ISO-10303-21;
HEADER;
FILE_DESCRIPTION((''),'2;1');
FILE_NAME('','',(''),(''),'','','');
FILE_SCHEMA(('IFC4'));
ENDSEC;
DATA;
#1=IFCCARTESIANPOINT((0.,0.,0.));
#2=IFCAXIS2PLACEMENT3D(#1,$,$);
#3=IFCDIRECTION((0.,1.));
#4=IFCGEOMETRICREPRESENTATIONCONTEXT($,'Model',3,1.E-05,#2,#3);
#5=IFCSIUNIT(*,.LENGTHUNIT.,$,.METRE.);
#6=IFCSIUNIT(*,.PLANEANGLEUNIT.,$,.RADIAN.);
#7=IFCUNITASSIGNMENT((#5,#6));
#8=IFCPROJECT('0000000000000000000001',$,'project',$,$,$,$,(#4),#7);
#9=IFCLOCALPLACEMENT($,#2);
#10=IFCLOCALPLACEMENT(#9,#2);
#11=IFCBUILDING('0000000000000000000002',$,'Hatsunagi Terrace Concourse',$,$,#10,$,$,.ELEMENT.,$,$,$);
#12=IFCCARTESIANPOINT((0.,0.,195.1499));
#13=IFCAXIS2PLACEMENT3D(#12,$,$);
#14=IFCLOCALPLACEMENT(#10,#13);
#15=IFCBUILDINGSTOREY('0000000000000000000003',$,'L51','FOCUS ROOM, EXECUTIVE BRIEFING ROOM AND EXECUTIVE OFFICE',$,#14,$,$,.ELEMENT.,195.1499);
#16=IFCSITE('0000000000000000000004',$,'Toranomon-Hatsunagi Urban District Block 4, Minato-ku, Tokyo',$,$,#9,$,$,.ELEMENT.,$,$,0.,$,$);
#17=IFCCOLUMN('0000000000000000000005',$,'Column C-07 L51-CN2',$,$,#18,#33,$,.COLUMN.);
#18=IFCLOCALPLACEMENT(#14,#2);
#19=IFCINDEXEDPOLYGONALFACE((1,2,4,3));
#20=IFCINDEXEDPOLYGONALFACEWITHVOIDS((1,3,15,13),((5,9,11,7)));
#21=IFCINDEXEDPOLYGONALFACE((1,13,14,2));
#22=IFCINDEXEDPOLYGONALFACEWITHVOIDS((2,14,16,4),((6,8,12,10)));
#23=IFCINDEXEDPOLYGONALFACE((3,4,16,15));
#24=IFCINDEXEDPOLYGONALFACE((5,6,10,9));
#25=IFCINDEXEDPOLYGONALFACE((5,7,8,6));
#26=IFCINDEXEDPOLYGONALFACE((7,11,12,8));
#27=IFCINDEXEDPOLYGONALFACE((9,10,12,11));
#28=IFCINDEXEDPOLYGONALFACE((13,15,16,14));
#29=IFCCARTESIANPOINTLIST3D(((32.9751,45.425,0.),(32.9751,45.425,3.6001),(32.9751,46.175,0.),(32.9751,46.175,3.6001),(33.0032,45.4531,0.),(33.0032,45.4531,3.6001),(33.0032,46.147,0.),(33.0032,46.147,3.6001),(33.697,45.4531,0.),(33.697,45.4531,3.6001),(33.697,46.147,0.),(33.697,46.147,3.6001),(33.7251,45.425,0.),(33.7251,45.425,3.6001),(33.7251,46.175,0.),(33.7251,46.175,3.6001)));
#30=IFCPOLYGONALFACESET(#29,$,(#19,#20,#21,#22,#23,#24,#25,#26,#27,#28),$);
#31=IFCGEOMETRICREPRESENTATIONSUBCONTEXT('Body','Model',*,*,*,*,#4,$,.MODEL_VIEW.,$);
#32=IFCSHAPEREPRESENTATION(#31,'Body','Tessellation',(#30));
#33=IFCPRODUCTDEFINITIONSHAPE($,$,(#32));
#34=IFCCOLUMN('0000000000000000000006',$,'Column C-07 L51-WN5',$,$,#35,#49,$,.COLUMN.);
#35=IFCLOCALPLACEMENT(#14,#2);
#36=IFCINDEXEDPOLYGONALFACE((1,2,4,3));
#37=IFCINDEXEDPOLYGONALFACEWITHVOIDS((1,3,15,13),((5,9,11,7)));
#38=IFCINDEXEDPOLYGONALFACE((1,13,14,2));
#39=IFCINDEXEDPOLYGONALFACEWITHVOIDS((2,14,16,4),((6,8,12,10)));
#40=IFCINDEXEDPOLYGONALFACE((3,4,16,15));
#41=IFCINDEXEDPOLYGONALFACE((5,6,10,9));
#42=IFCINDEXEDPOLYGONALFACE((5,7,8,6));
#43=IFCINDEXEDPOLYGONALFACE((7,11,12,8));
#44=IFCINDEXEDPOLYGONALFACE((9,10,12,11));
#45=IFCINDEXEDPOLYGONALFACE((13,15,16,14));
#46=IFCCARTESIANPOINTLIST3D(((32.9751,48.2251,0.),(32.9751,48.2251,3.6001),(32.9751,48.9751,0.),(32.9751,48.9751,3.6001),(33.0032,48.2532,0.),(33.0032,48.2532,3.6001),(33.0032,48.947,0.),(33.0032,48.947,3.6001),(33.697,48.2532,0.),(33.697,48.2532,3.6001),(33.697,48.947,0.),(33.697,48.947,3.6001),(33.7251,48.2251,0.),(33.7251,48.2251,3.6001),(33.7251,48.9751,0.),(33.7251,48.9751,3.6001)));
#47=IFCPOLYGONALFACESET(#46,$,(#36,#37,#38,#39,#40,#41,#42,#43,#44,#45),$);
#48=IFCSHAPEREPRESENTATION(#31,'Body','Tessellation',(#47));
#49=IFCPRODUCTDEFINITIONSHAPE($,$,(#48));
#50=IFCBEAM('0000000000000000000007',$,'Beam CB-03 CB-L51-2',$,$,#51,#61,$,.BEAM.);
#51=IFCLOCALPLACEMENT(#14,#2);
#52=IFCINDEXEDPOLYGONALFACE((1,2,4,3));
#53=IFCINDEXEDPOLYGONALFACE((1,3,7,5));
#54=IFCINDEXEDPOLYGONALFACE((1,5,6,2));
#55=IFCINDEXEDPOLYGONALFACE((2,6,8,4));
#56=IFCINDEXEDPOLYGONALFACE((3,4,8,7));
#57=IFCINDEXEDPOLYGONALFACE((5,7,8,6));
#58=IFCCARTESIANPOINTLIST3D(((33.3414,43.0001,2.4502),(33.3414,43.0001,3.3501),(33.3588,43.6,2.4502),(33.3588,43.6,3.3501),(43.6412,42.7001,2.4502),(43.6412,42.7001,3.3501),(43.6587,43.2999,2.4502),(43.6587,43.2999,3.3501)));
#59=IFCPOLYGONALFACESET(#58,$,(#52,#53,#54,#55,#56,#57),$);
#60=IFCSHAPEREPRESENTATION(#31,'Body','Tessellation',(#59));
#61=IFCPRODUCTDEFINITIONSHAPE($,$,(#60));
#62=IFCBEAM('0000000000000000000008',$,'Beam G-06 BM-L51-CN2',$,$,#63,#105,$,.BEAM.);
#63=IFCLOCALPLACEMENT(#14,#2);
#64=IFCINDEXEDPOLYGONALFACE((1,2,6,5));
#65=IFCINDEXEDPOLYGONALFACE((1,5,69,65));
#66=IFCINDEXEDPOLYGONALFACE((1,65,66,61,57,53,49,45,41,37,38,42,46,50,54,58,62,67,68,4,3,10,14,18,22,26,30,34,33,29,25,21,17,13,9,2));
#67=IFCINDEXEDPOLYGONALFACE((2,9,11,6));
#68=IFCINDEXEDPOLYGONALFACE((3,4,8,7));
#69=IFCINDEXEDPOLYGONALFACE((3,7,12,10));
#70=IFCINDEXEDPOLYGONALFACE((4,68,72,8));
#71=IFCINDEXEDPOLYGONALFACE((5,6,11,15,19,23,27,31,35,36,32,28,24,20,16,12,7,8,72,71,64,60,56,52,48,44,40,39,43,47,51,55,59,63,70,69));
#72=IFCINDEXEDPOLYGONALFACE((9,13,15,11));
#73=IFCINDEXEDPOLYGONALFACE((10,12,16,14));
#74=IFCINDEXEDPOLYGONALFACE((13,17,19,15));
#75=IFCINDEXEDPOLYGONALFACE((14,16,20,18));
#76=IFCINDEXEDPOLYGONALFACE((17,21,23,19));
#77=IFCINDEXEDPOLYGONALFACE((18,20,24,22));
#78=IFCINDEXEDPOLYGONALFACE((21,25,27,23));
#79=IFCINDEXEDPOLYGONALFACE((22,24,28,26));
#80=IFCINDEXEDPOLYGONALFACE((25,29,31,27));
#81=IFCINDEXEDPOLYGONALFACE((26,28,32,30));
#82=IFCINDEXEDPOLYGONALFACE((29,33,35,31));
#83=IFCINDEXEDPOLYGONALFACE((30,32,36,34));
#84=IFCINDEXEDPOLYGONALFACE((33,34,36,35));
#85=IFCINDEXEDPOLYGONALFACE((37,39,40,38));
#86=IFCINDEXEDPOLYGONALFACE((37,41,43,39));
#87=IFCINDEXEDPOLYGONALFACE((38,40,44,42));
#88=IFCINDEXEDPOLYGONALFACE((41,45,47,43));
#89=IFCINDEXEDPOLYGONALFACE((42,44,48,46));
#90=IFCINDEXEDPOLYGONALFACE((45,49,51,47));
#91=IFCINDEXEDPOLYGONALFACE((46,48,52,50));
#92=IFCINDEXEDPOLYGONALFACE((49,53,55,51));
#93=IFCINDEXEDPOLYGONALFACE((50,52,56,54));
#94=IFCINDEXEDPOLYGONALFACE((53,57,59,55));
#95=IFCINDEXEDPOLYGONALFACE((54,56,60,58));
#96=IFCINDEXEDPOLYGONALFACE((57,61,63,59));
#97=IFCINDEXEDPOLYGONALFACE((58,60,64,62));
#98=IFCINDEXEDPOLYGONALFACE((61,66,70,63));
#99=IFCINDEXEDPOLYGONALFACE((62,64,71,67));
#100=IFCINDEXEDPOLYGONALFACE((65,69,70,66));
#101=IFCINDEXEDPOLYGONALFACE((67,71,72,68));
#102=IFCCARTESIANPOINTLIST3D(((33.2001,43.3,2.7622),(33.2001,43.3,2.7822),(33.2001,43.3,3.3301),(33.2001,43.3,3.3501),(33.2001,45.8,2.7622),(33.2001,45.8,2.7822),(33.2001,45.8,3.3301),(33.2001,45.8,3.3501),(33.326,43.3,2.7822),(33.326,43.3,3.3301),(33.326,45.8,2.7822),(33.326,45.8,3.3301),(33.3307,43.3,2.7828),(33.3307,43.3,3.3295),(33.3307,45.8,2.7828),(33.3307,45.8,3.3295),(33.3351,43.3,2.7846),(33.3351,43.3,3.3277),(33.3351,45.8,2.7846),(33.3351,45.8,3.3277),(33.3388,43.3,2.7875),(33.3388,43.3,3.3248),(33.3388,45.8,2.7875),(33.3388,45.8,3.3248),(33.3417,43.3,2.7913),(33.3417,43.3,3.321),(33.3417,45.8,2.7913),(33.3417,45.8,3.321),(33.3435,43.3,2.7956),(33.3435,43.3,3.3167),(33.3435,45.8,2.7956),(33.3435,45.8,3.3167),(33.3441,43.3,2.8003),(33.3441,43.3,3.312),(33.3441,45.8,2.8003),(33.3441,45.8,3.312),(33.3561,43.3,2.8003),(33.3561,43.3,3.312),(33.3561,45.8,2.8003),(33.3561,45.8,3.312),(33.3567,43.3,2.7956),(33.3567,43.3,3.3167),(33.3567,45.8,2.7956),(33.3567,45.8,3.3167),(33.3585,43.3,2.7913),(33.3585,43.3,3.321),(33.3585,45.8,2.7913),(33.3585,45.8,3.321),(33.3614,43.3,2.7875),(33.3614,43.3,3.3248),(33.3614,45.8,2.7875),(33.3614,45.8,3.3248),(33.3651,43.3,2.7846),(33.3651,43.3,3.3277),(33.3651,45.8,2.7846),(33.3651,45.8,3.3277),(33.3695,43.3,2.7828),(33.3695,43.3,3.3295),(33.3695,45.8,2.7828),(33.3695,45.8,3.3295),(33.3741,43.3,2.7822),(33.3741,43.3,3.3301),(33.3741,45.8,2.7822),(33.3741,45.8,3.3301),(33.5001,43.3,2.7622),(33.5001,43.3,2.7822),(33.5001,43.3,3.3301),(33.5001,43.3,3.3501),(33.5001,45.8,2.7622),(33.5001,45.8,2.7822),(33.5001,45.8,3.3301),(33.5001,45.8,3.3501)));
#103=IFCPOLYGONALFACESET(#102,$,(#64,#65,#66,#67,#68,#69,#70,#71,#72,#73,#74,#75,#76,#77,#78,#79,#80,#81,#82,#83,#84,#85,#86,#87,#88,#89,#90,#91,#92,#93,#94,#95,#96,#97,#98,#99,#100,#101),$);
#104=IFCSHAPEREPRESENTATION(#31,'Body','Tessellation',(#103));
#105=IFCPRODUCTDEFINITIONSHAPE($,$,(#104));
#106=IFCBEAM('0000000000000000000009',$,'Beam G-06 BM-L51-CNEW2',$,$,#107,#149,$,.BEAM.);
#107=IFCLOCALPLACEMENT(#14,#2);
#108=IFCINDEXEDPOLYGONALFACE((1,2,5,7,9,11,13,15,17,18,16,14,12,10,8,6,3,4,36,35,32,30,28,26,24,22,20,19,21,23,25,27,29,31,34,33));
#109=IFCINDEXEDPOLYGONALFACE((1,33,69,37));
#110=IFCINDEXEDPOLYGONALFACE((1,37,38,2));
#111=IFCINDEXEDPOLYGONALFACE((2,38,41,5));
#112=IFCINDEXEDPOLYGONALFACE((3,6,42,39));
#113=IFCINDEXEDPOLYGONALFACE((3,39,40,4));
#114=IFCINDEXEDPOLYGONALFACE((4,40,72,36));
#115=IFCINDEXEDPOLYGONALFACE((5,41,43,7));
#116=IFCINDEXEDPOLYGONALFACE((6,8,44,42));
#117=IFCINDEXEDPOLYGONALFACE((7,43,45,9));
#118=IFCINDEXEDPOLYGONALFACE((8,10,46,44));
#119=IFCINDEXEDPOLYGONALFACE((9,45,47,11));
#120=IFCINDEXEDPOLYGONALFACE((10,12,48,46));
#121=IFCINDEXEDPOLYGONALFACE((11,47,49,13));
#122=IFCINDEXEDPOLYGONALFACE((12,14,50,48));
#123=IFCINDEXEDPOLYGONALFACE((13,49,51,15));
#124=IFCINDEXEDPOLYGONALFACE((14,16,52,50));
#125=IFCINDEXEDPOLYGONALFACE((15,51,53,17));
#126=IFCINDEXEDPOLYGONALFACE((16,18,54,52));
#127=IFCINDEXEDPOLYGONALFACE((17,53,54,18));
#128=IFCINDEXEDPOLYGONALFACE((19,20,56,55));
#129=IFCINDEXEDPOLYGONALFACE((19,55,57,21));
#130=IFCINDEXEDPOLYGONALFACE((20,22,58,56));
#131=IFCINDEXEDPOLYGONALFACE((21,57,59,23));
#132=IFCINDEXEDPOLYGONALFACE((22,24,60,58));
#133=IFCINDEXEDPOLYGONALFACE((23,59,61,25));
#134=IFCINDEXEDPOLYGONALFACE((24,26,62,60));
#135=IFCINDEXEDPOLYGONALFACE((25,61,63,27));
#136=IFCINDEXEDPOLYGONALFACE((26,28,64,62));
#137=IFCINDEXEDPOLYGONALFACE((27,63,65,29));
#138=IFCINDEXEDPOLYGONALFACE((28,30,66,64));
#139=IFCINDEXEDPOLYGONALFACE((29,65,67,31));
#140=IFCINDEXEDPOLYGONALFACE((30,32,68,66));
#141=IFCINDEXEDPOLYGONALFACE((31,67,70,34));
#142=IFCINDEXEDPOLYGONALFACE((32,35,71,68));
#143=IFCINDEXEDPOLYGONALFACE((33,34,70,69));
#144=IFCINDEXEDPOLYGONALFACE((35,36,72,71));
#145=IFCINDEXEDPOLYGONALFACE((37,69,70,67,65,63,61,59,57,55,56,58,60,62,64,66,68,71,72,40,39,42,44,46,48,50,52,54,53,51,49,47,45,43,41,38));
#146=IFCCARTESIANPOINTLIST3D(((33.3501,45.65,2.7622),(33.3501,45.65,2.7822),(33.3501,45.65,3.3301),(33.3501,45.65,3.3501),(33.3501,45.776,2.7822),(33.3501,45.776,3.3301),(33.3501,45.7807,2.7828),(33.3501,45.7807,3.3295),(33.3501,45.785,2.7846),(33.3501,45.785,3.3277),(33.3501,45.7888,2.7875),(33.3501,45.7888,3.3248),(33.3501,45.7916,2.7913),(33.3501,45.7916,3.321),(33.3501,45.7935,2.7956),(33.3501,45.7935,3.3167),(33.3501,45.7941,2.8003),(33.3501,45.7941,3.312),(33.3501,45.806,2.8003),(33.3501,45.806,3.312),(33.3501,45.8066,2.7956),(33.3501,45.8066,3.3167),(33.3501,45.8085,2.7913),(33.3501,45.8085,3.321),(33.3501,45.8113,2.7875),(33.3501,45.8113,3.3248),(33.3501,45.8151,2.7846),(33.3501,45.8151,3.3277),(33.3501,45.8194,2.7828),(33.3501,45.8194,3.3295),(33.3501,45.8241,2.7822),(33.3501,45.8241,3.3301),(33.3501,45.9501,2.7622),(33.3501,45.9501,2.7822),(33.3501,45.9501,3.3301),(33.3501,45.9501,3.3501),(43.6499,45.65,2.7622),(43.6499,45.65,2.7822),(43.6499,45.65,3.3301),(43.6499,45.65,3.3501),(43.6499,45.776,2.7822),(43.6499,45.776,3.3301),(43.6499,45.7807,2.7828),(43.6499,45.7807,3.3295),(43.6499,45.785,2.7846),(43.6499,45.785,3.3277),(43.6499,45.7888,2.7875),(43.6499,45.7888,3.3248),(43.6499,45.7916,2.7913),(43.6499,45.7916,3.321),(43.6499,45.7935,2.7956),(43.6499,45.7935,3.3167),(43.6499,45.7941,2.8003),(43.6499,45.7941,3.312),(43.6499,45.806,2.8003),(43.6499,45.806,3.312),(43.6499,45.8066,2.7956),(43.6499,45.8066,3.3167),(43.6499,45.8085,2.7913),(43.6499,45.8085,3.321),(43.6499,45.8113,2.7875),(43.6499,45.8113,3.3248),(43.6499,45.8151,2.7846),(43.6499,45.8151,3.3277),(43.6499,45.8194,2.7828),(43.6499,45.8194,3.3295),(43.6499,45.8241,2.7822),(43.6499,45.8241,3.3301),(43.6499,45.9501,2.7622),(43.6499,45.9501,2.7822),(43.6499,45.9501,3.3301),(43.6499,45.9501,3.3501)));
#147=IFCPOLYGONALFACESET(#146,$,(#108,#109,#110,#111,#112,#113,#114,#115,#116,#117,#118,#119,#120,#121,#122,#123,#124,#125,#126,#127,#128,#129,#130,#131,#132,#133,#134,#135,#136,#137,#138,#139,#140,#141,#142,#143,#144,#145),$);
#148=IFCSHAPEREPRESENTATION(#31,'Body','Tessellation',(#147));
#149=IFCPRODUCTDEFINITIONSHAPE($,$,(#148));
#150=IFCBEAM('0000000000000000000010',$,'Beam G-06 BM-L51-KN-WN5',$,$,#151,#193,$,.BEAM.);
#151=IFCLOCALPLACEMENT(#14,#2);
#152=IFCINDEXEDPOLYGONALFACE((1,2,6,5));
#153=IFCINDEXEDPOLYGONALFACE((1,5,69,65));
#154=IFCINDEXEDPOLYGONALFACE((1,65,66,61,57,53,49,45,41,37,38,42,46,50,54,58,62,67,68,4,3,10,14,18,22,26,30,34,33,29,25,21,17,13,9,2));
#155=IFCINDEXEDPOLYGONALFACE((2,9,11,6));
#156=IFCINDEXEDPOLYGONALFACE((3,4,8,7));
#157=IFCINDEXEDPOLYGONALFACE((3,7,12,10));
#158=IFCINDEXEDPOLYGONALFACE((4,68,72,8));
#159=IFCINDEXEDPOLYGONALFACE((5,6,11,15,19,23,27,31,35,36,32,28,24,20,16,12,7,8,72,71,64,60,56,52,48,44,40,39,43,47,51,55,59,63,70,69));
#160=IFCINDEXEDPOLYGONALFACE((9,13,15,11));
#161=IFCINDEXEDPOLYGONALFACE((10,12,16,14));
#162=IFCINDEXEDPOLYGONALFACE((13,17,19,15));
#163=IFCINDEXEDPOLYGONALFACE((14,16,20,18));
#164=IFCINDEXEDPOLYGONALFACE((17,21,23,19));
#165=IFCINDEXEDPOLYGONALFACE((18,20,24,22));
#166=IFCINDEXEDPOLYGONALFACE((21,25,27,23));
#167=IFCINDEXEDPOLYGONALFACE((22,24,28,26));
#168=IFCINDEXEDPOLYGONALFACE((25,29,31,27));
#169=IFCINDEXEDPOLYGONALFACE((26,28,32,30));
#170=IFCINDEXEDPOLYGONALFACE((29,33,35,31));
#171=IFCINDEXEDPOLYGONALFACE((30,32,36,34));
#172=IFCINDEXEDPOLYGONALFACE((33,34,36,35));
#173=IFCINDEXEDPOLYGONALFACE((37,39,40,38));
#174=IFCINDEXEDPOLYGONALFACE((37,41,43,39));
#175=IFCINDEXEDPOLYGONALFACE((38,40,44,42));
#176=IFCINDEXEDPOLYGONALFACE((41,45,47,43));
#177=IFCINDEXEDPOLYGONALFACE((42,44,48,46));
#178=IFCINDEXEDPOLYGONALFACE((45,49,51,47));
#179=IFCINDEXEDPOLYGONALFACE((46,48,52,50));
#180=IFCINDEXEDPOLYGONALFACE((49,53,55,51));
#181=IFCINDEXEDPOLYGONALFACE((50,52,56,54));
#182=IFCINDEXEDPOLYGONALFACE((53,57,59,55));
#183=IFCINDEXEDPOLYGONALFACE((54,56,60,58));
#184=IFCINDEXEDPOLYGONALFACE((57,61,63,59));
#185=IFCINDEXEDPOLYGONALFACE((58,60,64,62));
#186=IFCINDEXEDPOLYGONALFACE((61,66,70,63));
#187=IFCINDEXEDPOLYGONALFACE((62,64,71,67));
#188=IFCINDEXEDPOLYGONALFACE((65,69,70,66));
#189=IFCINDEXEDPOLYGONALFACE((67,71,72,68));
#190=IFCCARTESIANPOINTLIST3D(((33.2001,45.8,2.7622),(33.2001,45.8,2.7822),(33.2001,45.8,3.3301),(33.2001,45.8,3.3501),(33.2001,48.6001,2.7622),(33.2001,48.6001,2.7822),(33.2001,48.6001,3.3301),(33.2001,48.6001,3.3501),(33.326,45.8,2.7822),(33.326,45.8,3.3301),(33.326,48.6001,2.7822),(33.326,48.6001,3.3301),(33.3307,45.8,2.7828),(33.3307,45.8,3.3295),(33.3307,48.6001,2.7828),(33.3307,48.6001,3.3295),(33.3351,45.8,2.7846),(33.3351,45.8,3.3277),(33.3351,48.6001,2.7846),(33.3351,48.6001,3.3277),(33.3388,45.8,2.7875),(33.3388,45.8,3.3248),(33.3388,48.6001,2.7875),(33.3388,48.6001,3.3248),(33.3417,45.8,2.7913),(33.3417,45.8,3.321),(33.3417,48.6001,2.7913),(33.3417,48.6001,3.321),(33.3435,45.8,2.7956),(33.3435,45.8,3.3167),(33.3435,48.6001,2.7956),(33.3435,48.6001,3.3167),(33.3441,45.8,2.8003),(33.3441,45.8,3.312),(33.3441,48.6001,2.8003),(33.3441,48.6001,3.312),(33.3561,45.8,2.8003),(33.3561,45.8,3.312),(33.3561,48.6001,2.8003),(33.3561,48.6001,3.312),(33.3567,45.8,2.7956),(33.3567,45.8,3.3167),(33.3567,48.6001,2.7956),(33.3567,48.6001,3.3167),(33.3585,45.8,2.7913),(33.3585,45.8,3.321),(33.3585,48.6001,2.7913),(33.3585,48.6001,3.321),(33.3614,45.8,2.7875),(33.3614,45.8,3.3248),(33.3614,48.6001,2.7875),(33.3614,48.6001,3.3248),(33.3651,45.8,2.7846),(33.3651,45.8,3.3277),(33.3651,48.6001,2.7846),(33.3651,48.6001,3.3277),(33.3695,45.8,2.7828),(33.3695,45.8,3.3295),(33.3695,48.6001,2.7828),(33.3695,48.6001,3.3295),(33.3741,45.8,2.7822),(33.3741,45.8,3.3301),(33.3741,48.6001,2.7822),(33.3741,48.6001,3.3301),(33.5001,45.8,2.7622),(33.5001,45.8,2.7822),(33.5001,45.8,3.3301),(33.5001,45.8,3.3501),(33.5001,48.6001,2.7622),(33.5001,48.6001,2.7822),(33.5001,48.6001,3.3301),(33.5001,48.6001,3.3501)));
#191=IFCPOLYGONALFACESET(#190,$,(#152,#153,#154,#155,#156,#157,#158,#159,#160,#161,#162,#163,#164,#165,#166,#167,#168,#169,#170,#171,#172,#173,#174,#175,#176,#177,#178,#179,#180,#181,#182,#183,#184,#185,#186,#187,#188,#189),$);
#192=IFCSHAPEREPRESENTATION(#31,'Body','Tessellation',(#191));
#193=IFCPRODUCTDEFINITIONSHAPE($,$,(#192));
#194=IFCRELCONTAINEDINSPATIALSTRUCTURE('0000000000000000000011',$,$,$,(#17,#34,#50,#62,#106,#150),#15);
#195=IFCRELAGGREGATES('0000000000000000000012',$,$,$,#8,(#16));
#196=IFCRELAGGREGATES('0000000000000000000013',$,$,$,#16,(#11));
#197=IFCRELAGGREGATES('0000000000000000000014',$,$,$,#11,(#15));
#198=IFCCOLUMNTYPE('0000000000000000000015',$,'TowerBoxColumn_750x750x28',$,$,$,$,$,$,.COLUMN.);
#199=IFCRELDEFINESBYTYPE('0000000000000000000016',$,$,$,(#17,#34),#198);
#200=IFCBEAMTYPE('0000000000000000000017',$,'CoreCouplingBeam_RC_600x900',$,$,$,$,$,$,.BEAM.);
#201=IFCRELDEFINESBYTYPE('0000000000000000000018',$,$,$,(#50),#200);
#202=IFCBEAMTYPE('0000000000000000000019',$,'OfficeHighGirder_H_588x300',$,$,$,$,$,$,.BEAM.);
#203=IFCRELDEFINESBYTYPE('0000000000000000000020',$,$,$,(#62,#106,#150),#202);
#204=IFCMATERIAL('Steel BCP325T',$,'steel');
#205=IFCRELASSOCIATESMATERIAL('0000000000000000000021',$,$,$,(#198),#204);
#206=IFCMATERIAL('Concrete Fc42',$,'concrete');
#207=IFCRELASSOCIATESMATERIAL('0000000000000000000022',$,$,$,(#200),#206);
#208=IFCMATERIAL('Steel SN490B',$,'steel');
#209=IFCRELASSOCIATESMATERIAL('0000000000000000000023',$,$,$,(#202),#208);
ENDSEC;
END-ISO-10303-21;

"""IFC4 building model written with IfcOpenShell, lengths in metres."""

from ifc_helpers import new_model, si_unit, direction, frame, origin, origin_2d, place, context, subcontext, project, spatial, rectangle, hollow_rectangle, i_section, extrude, material, material_profile, profile_set, type_object, element, save


model = new_model("IFC4")

# Units and contexts
model_context = context("Model", 3, precision=1e-05, world=origin(), true_north=direction((0.0, 1.0)))
body_context = subcontext(model_context, "Body", "Model", "MODEL_VIEW")
ifc_project = project(units=[si_unit("LENGTHUNIT", "METRE"), si_unit("PLANEANGLEUNIT", "RADIAN")], contexts=[model_context])

# Site, building, storey
site_placement = place(None, origin())
site = spatial("IfcSite", under=ifc_project, at=site_placement, Name="Toranomon-Hatsunagi Urban District Block 4, Minato-ku, Tokyo", CompositionType="ELEMENT", RefElevation=0.0)
building_placement = place(site_placement, origin())
building = spatial("IfcBuilding", under=site, at=building_placement, Name="Hatsunagi Terrace Concourse", CompositionType="ELEMENT")
storey_placement = place(building_placement, frame((0.0, 0.0, 195.1499)))
storey = spatial("IfcBuildingStorey", under=building, at=storey_placement, Name="L51", Description="FOCUS ROOM, EXECUTIVE BRIEFING ROOM AND EXECUTIVE OFFICE", CompositionType="ELEMENT", Elevation=195.1499)

# Columns
ifc_material_1 = material(Name="Steel BCP325T", Category="steel")
ifc_material_profile_1 = material_profile(ifc_material_1, hollow_rectangle(XDim=0.75, YDim=0.75, WallThickness=0.0281, at=origin_2d()), Name="BCP-750x750x28")
ifc_profile_set_1 = profile_set([ifc_material_profile_1], Name="Steel BCP325T")
column_type = type_object("IfcColumnType", Name="TowerBoxColumn_750x750x28", PredefinedType="COLUMN", material=ifc_profile_set_1)
for number, where, z_axis, x_axis, name in (
    (1, (33.3501, 45.8, 0.0), (0.0, 0.0, 1.0), (1.0, 0.0, 0.0), "Column C-07 L51-CN2"),
    (2, (33.3501, 48.6001, 0.0), (0.0, 0.0, 1.0), (1.0, 0.0, 0.0), "Column C-07 L51-WN5"),
):
    element("IfcColumn", number, at=place(storey_placement, frame(where, z_axis=z_axis, x_axis=x_axis)), inside=storey, type_object=column_type, Name=name, PredefinedType="COLUMN", context=body_context, shape_type="SweptSolid", body=[
        extrude(hollow_rectangle(XDim=0.75, YDim=0.75, WallThickness=0.0281, at=origin_2d()), origin(), (0.0, 0.0, 1.0), 3.6001),
    ])

# Beams
ifc_material_2 = material(Name="Concrete Fc42", Category="concrete")
ifc_material_profile_2 = material_profile(ifc_material_2, rectangle(XDim=0.6001, YDim=0.8999, at=origin_2d()), Name="RC-600x900")
ifc_profile_set_2 = profile_set([ifc_material_profile_2], Name="Concrete Fc42")
beam_type_1 = type_object("IfcBeamType", Name="CoreCouplingBeam_RC_600x900", PredefinedType="BEAM", material=ifc_profile_set_2)
beam_1_placement = place(storey_placement, frame((33.3501, 43.3, 2.9001), z_axis=(0.999576, -0.029119, 0.0), x_axis=(0.029119, 0.999576, 0.0)))
element("IfcBeam", 3, at=beam_1_placement, inside=storey, type_object=beam_type_1, Name="Beam CB-03 CB-L51-2", PredefinedType="BEAM", context=body_context, shape_type="SweptSolid", body=[
    extrude(rectangle(XDim=0.6001, YDim=0.8999, at=origin_2d()), origin(), (0.0, 0.0, 1.0), 10.3042),
])
ifc_material_3 = material(Name="Steel SN490B", Category="steel")
ifc_material_profile_3 = material_profile(ifc_material_3, i_section(OverallWidth=0.3, OverallDepth=0.5879, WebThickness=0.012, FlangeThickness=0.02, FilletRadius=0.0181, at=origin_2d()), Name="H-588x300x12x20")
ifc_profile_set_3 = profile_set([ifc_material_profile_3], Name="Steel SN490B")
beam_type_2 = type_object("IfcBeamType", Name="OfficeHighGirder_H_588x300", PredefinedType="BEAM", material=ifc_profile_set_3)
beam_2_placement = place(storey_placement, frame((33.3501, 43.3, 3.0562), z_axis=(0.0, 1.0, 0.0), x_axis=(-1.0, 0.0, 0.0)))
element("IfcBeam", 4, at=beam_2_placement, inside=storey, type_object=beam_type_2, Name="Beam G-06 BM-L51-CN2", PredefinedType="BEAM", context=body_context, shape_type="SweptSolid", body=[
    extrude(i_section(OverallWidth=0.3, OverallDepth=0.5879, WebThickness=0.012, FlangeThickness=0.02, FilletRadius=0.0181, at=origin_2d()), origin(), (0.0, 0.0, 1.0), 2.5),
])
beam_3_placement = place(storey_placement, frame((33.3501, 45.8, 3.0562), z_axis=(1.0, 0.0, 0.0), x_axis=(0.0, 1.0, 0.0)))
element("IfcBeam", 5, at=beam_3_placement, inside=storey, type_object=beam_type_2, Name="Beam G-06 BM-L51-CNEW2", PredefinedType="BEAM", context=body_context, shape_type="SweptSolid", body=[
    extrude(i_section(OverallWidth=0.3, OverallDepth=0.5879, WebThickness=0.012, FlangeThickness=0.02, FilletRadius=0.0181, at=origin_2d()), origin(), (0.0, 0.0, 1.0), 10.2998),
])
beam_4_placement = place(storey_placement, frame((33.3501, 45.8, 3.0562), z_axis=(0.0, 1.0, 0.0), x_axis=(-1.0, 0.0, 0.0)))
element("IfcBeam", 6, at=beam_4_placement, inside=storey, type_object=beam_type_2, Name="Beam G-06 BM-L51-KN-WN5", PredefinedType="BEAM", context=body_context, shape_type="SweptSolid", body=[
    extrude(i_section(OverallWidth=0.3, OverallDepth=0.5879, WebThickness=0.012, FlangeThickness=0.02, FilletRadius=0.0181, at=origin_2d()), origin(), (0.0, 0.0, 1.0), 2.8),
])

save(model, "model.ifc")
